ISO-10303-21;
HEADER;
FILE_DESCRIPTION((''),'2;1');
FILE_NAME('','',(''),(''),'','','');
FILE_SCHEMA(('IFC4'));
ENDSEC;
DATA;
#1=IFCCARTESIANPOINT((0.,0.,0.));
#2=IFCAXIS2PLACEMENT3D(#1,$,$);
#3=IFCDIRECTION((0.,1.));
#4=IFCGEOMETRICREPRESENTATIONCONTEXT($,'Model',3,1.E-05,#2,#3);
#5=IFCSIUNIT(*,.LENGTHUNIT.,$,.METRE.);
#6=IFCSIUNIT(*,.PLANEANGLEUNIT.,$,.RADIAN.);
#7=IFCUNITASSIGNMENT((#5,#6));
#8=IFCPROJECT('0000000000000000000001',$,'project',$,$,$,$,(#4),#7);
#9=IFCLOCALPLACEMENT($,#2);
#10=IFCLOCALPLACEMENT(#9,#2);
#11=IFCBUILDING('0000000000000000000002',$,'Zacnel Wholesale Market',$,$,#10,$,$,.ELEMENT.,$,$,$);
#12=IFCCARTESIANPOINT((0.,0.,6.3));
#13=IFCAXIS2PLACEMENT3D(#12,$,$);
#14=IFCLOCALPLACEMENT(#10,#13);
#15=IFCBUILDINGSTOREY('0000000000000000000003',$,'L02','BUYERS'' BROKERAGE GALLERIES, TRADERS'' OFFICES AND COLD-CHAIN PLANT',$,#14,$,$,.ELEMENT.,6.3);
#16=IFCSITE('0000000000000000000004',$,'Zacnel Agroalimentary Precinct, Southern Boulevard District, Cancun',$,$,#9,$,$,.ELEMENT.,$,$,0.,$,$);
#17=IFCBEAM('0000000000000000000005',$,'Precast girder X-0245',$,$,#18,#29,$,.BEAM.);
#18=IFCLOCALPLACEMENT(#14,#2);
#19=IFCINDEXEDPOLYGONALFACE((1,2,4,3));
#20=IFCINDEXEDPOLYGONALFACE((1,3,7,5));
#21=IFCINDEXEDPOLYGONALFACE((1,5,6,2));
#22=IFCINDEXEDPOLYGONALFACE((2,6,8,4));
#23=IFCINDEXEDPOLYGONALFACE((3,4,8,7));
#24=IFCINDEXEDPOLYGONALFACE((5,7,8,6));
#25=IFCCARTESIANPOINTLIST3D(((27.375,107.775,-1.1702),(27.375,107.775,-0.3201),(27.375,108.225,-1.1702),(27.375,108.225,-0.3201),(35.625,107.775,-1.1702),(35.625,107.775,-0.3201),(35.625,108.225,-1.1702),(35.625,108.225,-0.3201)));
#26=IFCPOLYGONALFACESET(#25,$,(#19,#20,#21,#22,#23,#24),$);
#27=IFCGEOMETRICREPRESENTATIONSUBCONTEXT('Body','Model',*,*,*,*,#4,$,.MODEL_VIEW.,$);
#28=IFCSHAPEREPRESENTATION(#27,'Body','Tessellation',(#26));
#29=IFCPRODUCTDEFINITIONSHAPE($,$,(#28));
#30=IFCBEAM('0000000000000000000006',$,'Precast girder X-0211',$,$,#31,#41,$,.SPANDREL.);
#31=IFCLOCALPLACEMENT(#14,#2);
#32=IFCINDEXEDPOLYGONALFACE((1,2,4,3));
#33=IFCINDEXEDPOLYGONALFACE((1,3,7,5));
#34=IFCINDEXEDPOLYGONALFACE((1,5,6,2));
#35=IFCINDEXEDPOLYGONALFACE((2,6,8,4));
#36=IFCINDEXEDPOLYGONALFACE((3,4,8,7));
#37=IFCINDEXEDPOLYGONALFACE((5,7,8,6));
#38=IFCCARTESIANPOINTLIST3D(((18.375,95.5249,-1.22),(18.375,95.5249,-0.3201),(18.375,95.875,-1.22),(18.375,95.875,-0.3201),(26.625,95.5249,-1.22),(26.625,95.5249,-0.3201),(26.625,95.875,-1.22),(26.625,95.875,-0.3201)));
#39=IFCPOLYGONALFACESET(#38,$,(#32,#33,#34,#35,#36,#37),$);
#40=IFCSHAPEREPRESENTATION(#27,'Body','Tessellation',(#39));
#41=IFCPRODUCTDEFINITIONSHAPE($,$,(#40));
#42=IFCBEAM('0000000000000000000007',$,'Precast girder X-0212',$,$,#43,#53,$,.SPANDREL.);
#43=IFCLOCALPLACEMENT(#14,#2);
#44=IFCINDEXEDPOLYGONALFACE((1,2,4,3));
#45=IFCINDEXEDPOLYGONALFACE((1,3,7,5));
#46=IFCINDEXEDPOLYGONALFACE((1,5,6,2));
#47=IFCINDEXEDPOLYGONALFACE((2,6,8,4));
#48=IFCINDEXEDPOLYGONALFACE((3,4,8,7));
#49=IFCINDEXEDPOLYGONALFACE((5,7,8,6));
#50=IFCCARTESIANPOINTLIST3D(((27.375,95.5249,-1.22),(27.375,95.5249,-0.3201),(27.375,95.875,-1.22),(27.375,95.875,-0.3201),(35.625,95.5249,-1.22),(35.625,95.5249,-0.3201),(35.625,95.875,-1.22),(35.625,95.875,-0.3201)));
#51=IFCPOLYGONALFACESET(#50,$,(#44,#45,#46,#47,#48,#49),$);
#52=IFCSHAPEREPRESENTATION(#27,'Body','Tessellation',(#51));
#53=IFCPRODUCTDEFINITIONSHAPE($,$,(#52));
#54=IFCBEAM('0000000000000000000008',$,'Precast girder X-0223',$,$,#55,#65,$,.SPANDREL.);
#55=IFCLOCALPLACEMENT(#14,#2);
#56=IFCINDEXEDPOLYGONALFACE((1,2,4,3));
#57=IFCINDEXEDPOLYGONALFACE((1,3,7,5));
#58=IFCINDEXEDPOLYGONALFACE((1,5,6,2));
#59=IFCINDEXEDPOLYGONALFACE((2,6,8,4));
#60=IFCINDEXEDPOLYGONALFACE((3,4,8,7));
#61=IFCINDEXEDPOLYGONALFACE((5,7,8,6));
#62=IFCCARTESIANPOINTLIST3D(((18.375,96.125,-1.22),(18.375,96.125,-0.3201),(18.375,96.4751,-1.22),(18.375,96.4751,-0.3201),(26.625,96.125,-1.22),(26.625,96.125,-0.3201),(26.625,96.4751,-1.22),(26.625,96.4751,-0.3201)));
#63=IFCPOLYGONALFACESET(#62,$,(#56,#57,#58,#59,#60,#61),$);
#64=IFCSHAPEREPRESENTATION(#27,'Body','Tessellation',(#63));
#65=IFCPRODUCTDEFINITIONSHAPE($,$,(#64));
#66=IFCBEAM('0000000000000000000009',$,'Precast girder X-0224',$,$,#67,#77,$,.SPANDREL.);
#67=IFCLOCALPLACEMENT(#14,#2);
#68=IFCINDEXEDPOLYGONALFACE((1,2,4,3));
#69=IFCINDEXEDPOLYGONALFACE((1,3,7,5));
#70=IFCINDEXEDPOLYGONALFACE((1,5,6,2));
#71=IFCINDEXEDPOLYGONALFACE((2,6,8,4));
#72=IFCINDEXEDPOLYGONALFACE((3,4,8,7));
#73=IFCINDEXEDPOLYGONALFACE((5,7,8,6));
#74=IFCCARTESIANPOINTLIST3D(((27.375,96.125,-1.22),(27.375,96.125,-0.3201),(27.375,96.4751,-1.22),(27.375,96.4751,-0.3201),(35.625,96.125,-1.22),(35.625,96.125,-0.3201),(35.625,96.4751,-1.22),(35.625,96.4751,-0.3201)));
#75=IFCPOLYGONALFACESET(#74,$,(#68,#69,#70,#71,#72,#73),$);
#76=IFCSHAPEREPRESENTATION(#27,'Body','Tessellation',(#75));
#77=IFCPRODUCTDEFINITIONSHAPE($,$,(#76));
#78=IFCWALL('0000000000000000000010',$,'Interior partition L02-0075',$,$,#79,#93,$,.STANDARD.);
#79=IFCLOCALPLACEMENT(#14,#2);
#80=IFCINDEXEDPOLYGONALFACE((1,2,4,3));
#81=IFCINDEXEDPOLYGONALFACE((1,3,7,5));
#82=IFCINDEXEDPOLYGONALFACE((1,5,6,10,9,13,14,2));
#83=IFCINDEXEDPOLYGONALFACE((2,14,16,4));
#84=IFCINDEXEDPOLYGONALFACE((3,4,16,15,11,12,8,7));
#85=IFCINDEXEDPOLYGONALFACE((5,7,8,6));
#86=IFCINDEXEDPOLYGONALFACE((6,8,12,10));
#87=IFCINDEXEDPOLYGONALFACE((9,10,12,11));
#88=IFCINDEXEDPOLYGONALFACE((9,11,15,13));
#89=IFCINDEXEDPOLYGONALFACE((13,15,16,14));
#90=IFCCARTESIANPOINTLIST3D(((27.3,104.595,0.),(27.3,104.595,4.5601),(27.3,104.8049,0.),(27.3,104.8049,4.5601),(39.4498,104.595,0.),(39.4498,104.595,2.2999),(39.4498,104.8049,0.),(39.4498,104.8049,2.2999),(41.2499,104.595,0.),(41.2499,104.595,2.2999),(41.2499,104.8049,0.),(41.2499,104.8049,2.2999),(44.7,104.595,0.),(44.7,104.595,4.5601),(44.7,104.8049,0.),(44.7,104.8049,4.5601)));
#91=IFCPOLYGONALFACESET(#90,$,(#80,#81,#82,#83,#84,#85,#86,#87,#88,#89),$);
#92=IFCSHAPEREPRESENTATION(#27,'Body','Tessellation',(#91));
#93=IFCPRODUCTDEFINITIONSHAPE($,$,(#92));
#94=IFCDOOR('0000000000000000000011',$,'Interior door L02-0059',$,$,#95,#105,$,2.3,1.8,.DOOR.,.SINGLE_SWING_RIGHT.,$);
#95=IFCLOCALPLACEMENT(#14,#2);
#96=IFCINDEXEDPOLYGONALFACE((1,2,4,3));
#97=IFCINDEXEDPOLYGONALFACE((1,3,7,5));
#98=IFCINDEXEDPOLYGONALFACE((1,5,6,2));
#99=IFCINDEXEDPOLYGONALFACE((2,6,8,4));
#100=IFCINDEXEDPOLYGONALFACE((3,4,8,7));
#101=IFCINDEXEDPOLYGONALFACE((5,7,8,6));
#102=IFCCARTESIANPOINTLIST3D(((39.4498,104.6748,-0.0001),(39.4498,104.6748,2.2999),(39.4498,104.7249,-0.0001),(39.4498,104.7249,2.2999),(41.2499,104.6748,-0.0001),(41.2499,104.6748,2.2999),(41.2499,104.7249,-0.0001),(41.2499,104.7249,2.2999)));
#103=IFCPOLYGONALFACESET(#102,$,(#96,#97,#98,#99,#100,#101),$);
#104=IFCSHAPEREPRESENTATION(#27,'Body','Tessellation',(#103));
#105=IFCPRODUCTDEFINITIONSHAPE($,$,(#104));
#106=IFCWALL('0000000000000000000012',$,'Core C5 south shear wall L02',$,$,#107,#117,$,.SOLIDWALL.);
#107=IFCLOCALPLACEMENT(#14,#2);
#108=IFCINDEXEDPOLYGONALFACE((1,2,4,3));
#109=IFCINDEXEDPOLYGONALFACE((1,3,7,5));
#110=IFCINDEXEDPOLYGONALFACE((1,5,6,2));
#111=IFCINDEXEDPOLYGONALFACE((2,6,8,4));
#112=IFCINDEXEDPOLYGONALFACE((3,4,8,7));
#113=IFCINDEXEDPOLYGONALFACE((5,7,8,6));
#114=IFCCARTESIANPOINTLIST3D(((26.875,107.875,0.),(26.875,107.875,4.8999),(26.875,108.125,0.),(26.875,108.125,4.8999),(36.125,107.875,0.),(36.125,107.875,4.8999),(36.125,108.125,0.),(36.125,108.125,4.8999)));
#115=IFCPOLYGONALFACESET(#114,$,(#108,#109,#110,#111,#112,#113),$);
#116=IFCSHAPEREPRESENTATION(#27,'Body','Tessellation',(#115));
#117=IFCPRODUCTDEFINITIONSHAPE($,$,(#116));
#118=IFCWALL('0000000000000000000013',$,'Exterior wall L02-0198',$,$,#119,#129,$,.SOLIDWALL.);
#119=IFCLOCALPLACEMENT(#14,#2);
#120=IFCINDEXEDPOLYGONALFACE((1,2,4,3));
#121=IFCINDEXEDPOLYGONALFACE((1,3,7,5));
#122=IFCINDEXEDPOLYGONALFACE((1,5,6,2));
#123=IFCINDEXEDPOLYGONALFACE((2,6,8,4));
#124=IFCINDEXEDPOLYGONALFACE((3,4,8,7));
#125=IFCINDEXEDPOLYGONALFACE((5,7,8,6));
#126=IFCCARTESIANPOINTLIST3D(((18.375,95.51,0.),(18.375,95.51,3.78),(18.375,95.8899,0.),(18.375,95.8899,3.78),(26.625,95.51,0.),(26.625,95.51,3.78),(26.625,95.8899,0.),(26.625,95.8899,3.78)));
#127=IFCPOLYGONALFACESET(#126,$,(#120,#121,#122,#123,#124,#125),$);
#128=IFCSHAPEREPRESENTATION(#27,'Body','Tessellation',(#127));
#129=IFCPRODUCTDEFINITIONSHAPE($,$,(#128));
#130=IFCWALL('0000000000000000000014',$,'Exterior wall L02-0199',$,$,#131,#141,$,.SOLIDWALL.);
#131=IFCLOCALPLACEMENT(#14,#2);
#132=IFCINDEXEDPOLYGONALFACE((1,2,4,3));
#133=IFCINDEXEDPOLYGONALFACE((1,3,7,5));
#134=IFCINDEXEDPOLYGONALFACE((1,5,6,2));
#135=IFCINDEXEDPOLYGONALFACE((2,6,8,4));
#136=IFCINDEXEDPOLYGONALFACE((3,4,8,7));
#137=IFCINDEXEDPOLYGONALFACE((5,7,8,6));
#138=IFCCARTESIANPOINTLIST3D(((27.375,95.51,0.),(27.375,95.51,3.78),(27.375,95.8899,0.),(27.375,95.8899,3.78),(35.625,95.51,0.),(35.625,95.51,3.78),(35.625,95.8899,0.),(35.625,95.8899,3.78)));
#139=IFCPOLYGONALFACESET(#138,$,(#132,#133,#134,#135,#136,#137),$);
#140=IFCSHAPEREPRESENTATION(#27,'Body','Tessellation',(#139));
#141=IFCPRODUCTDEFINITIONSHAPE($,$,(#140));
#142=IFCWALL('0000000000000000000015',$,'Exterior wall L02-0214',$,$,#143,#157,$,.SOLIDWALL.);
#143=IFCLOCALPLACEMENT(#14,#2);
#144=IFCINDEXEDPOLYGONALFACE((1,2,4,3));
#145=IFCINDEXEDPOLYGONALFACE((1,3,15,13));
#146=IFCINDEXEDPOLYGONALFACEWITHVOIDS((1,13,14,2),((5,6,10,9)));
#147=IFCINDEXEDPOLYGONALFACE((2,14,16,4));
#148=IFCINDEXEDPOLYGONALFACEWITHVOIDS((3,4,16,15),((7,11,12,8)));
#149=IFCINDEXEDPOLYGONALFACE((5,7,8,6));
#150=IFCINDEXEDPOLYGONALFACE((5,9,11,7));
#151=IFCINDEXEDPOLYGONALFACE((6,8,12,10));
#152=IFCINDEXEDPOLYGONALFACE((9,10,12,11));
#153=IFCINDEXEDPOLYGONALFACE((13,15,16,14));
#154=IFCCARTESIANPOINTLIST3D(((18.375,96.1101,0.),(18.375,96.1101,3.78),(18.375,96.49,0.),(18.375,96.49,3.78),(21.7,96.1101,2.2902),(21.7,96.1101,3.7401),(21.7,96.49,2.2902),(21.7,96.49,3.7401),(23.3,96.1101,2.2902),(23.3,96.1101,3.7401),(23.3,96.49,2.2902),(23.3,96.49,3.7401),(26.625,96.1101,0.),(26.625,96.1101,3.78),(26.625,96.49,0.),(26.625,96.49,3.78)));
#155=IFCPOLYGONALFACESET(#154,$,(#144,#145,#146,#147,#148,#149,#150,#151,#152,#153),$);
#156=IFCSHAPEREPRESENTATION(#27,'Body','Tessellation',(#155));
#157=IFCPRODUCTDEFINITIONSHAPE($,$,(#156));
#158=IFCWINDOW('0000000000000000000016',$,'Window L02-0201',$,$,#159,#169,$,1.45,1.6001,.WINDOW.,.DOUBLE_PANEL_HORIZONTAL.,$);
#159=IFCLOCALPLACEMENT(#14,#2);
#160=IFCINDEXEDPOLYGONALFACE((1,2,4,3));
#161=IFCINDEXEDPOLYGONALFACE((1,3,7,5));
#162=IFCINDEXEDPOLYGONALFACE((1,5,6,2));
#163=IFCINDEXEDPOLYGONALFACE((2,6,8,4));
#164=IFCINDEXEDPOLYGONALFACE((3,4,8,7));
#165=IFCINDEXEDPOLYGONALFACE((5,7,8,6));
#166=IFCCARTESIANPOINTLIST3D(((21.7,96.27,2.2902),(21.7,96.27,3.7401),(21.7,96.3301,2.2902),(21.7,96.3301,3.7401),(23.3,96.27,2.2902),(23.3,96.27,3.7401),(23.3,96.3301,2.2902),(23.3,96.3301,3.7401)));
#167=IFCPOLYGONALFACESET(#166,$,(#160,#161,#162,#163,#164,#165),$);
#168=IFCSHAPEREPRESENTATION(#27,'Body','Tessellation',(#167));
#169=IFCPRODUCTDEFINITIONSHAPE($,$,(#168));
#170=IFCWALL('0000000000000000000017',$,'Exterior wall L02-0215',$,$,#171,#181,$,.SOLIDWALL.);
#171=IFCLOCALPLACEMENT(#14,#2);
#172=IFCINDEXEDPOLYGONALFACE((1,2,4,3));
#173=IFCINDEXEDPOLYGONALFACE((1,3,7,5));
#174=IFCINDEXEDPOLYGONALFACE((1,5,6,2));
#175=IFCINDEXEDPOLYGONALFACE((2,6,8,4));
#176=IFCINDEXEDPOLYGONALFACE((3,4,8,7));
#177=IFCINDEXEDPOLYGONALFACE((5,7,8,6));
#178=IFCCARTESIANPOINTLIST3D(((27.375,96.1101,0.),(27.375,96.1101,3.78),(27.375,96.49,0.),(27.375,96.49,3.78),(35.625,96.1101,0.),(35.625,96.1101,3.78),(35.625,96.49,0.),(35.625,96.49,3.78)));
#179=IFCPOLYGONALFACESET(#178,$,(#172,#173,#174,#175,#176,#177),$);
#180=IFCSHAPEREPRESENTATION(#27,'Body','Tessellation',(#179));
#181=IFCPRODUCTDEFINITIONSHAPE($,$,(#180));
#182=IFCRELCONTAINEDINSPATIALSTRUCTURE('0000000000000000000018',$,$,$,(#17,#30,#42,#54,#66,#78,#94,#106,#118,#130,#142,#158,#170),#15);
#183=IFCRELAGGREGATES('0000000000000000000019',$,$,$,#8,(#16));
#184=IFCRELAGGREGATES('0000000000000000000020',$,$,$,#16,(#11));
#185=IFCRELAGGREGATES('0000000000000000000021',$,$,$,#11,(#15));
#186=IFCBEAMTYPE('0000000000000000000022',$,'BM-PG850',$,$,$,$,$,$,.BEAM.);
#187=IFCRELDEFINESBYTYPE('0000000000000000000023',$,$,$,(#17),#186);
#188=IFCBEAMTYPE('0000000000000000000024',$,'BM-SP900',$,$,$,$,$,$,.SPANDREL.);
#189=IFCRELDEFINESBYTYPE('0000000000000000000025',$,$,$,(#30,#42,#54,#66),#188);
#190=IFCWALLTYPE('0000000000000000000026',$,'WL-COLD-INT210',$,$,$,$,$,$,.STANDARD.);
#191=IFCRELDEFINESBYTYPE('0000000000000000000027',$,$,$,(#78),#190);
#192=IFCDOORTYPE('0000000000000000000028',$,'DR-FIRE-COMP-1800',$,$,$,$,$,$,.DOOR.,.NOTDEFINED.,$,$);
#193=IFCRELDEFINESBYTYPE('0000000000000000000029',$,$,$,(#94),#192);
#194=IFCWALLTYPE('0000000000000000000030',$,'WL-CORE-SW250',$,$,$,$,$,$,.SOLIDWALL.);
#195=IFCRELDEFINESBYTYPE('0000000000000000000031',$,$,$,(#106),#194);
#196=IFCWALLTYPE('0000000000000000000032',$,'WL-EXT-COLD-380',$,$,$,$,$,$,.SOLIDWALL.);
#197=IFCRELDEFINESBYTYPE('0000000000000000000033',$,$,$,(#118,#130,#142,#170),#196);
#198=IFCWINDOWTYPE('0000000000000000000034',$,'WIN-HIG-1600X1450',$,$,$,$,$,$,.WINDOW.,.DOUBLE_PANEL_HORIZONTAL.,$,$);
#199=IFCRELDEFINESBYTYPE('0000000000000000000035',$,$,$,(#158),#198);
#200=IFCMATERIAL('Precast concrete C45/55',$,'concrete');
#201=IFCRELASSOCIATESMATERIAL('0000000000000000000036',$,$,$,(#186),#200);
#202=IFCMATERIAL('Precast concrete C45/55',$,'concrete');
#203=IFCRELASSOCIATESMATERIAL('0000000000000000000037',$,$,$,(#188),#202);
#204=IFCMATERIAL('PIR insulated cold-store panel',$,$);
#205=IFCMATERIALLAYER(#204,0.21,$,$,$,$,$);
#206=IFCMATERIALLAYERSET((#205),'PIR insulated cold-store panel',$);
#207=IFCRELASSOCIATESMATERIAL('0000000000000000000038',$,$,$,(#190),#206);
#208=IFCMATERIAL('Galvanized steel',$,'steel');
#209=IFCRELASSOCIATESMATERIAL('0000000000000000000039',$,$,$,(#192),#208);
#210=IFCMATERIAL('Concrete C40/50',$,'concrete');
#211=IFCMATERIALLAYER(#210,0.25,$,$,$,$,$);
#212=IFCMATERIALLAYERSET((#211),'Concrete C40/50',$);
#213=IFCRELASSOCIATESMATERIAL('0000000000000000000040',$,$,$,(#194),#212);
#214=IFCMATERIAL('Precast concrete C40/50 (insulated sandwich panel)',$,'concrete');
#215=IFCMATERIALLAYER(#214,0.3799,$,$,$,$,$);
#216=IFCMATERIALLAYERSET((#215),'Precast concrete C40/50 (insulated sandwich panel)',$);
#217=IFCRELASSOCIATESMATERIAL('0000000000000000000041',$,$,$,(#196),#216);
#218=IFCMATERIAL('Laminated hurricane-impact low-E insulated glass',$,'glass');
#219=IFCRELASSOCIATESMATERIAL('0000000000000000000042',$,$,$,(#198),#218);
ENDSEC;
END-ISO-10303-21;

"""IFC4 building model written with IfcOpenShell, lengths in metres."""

from ifc_helpers import new_model, si_unit, direction, frame, frame_2d, origin, origin_2d, place, context, subcontext, project, spatial, rectangle, extrude, material, layer, layer_set, material_profile, profile_set, type_object, element, fill, save


model = new_model("IFC4")

# Units and contexts
model_context = context("Model", 3, precision=1e-05, world=origin(), true_north=direction((0.0, 1.0)))
body_context = subcontext(model_context, "Body", "Model", "MODEL_VIEW")
ifc_project = project(units=[si_unit("LENGTHUNIT", "METRE"), si_unit("PLANEANGLEUNIT", "RADIAN")], contexts=[model_context])

# Site, building, storey
site_placement = place(None, origin())
site = spatial("IfcSite", under=ifc_project, at=site_placement, Name="Zacnel Agroalimentary Precinct, Southern Boulevard District, Cancun", CompositionType="ELEMENT", RefElevation=0.0)
building_placement = place(site_placement, origin())
building = spatial("IfcBuilding", under=site, at=building_placement, Name="Zacnel Wholesale Market", CompositionType="ELEMENT")
storey_placement = place(building_placement, frame((0.0, 0.0, 6.3)))
storey = spatial("IfcBuildingStorey", under=building, at=storey_placement, Name="L02", Description="BUYERS' BROKERAGE GALLERIES, TRADERS' OFFICES AND COLD-CHAIN PLANT", CompositionType="ELEMENT", Elevation=6.3)

# Beams
ifc_material_1 = material(Name="Precast concrete C45/55", Category="concrete")
ifc_material_profile_1 = material_profile(ifc_material_1, rectangle(XDim=0.45, YDim=0.8501, at=origin_2d()), Name="PG 450x850")
ifc_profile_set_1 = profile_set([ifc_material_profile_1], Name="Precast concrete C45/55")
beam_type_1 = type_object("IfcBeamType", Name="BM-PG850", PredefinedType="BEAM", material=ifc_profile_set_1)
for number, where, z_axis, x_axis, name in (
    (1, (27.375, 108.0, -0.7451), (1.0, 0.0, 0.0), (0.0, 1.0, 0.0), "Precast girder X-0245"),
):
    element("IfcBeam", number, at=place(storey_placement, frame(where, z_axis=z_axis, x_axis=x_axis)), inside=storey, type_object=beam_type_1, Name=name, PredefinedType="BEAM", context=body_context, shape_type="SweptSolid", body=[
        extrude(rectangle(XDim=0.45, YDim=0.8501, at=origin_2d()), origin(), (0.0, 0.0, 1.0), 8.25),
    ])
ifc_material_2 = material(Name="Precast concrete C45/55", Category="concrete")
ifc_material_profile_2 = material_profile(ifc_material_2, rectangle(XDim=0.3501, YDim=0.8999, at=origin_2d()), Name="SP 350x900")
ifc_profile_set_2 = profile_set([ifc_material_profile_2], Name="Precast concrete C45/55")
beam_type_2 = type_object("IfcBeamType", Name="BM-SP900", PredefinedType="SPANDREL", material=ifc_profile_set_2)
for number, where, z_axis, x_axis, name in (
    (2, (18.375, 95.7, -0.77), (1.0, 0.0, 0.0), (0.0, 1.0, 0.0), "Precast girder X-0211"),
    (3, (27.375, 95.7, -0.77), (1.0, 0.0, 0.0), (0.0, 1.0, 0.0), "Precast girder X-0212"),
    (4, (18.375, 96.3, -0.77), (1.0, 0.0, 0.0), (0.0, 1.0, 0.0), "Precast girder X-0223"),
    (5, (27.375, 96.3, -0.77), (1.0, 0.0, 0.0), (0.0, 1.0, 0.0), "Precast girder X-0224"),
):
    element("IfcBeam", number, at=place(storey_placement, frame(where, z_axis=z_axis, x_axis=x_axis)), inside=storey, type_object=beam_type_2, Name=name, PredefinedType="SPANDREL", context=body_context, shape_type="SweptSolid", body=[
        extrude(rectangle(XDim=0.3501, YDim=0.8999, at=origin_2d()), origin(), (0.0, 0.0, 1.0), 8.25),
    ])

# Wall, opening, door
ifc_material_3 = material(Name="PIR insulated cold-store panel")
ifc_layer_1 = layer(ifc_material_3, 0.21)
ifc_layer_set_1 = layer_set([ifc_layer_1], Name="PIR insulated cold-store panel")
wall_type_1 = type_object("IfcWallType", Name="WL-COLD-INT210", PredefinedType="STANDARD", material=ifc_layer_set_1)
wall_1_placement = place(storey_placement, frame((27.3, 104.7, 0.0), z_axis=(0.0, 0.0, 1.0), x_axis=(1.0, 0.0, 0.0)))
wall_1 = element("IfcWall", 6, at=wall_1_placement, inside=storey, type_object=wall_type_1, Name="Interior partition L02-0075", PredefinedType="STANDARD", context=body_context, shape_type="SweptSolid", body=[
    extrude(rectangle(XDim=17.3999, YDim=0.21, at=frame_2d((8.7, 0.0))), origin(), (0.0, 0.0, 1.0), 4.5601),
])
opening_1_placement = place(wall_1_placement, frame((12.1499, 0.0, 0.0)))
opening_1 = element("IfcOpeningElement", 7, at=opening_1_placement, cuts=wall_1, PredefinedType="OPENING", context=body_context, shape_type="SweptSolid", body=[
    extrude(rectangle(XDim=1.8, YDim=2.3, at=frame_2d((0.8999, 1.1499))), frame((0.0, 0.115, 0.0), z_axis=(0.0, -1.0, 0.0), x_axis=(1.0, 0.0, 0.0)), (0.0, 0.0, 1.0), 0.23),
])
ifc_material_4 = material(Name="Galvanized steel", Category="steel")
door_type_1 = type_object("IfcDoorType", Name="DR-FIRE-COMP-1800", OperationType="NOTDEFINED", PredefinedType="DOOR", material=ifc_material_4)
door_1_placement = place(opening_1_placement, origin())
door_1 = element("IfcDoor", 8, at=door_1_placement, inside=storey, type_object=door_type_1, Name="Interior door L02-0059", OperationType="SINGLE_SWING_RIGHT", OverallHeight=2.3, OverallWidth=1.8, PredefinedType="DOOR", context=body_context, shape_type="SweptSolid", body=[
    extrude(rectangle(XDim=1.8, YDim=2.3, at=frame_2d((0.8999, 1.1499))), frame((0.0, 0.0249, 0.0), z_axis=(0.0, -1.0, 0.0), x_axis=(1.0, 0.0, 0.0)), (0.0, 0.0, 1.0), 0.05),
])
fill(opening_1, door_1)

# Walls
ifc_material_5 = material(Name="Concrete C40/50", Category="concrete")
ifc_layer_2 = layer(ifc_material_5, 0.25)
ifc_layer_set_2 = layer_set([ifc_layer_2], Name="Concrete C40/50")
wall_type_2 = type_object("IfcWallType", Name="WL-CORE-SW250", PredefinedType="SOLIDWALL", material=ifc_layer_set_2)
wall_2_placement = place(storey_placement, frame((26.875, 108.0, 0.0), z_axis=(0.0, 0.0, 1.0), x_axis=(1.0, 0.0, 0.0)))
element("IfcWall", 9, at=wall_2_placement, inside=storey, type_object=wall_type_2, Name="Core C5 south shear wall L02", PredefinedType="SOLIDWALL", context=body_context, shape_type="SweptSolid", body=[
    extrude(rectangle(XDim=9.25, YDim=0.25, at=frame_2d((4.625, 0.0))), origin(), (0.0, 0.0, 1.0), 4.8999),
])
ifc_material_6 = material(Name="Precast concrete C40/50 (insulated sandwich panel)", Category="concrete")
ifc_layer_3 = layer(ifc_material_6, 0.3799)
ifc_layer_set_3 = layer_set([ifc_layer_3], Name="Precast concrete C40/50 (insulated sandwich panel)")
wall_type_3 = type_object("IfcWallType", Name="WL-EXT-COLD-380", PredefinedType="SOLIDWALL", material=ifc_layer_set_3)
for number, where, z_axis, x_axis, name in (
    (10, (18.375, 95.7, 0.0), (0.0, 0.0, 1.0), (1.0, 0.0, 0.0), "Exterior wall L02-0198"),
    (11, (27.375, 95.7, 0.0), (0.0, 0.0, 1.0), (1.0, 0.0, 0.0), "Exterior wall L02-0199"),
):
    element("IfcWall", number, at=place(storey_placement, frame(where, z_axis=z_axis, x_axis=x_axis)), inside=storey, type_object=wall_type_3, Name=name, PredefinedType="SOLIDWALL", context=body_context, shape_type="SweptSolid", body=[
        extrude(rectangle(XDim=8.25, YDim=0.3799, at=frame_2d((4.125, 0.0))), origin(), (0.0, 0.0, 1.0), 3.78),
    ])

# Wall, opening, window
wall_3_placement = place(storey_placement, frame((18.375, 96.3, 0.0), z_axis=(0.0, 0.0, 1.0), x_axis=(1.0, 0.0, 0.0)))
wall_3 = element("IfcWall", 12, at=wall_3_placement, inside=storey, type_object=wall_type_3, Name="Exterior wall L02-0214", PredefinedType="SOLIDWALL", context=body_context, shape_type="SweptSolid", body=[
    extrude(rectangle(XDim=8.25, YDim=0.3799, at=frame_2d((4.125, 0.0))), origin(), (0.0, 0.0, 1.0), 3.78),
])
opening_2_placement = place(wall_3_placement, frame((3.325, 0.0, 2.29)))
opening_2 = element("IfcOpeningElement", 13, at=opening_2_placement, cuts=wall_3, PredefinedType="OPENING", context=body_context, shape_type="SweptSolid", body=[
    extrude(rectangle(XDim=1.6001, YDim=1.45, at=frame_2d((0.8, 0.7251))), frame((0.0, 0.2, 0.0), z_axis=(0.0, -1.0, 0.0), x_axis=(1.0, 0.0, 0.0)), (0.0, 0.0, 1.0), 0.3999),
])
ifc_material_7 = material(Name="Laminated hurricane-impact low-E insulated glass", Category="glass")
window_type = type_object("IfcWindowType", Name="WIN-HIG-1600X1450", PartitioningType="DOUBLE_PANEL_HORIZONTAL", PredefinedType="WINDOW", material=ifc_material_7)
window_placement = place(opening_2_placement, origin())
window = element("IfcWindow", 14, at=window_placement, inside=storey, type_object=window_type, Name="Window L02-0201", OverallHeight=1.45, OverallWidth=1.6001, PartitioningType="DOUBLE_PANEL_HORIZONTAL", PredefinedType="WINDOW", context=body_context, shape_type="SweptSolid", body=[
    extrude(rectangle(XDim=1.6001, YDim=1.45, at=frame_2d((0.8, 0.7251))), frame((0.0, 0.03, 0.0), z_axis=(0.0, -1.0, 0.0), x_axis=(1.0, 0.0, 0.0)), (0.0, 0.0, 1.0), 0.0601),
])
fill(opening_2, window)

# Wall
wall_4_placement = place(storey_placement, frame((27.375, 96.3, 0.0), z_axis=(0.0, 0.0, 1.0), x_axis=(1.0, 0.0, 0.0)))
element("IfcWall", 15, at=wall_4_placement, inside=storey, type_object=wall_type_3, Name="Exterior wall L02-0215", PredefinedType="SOLIDWALL", context=body_context, shape_type="SweptSolid", body=[
    extrude(rectangle(XDim=8.25, YDim=0.3799, at=frame_2d((4.125, 0.0))), origin(), (0.0, 0.0, 1.0), 3.78),
])

save(model, "model.ifc")
